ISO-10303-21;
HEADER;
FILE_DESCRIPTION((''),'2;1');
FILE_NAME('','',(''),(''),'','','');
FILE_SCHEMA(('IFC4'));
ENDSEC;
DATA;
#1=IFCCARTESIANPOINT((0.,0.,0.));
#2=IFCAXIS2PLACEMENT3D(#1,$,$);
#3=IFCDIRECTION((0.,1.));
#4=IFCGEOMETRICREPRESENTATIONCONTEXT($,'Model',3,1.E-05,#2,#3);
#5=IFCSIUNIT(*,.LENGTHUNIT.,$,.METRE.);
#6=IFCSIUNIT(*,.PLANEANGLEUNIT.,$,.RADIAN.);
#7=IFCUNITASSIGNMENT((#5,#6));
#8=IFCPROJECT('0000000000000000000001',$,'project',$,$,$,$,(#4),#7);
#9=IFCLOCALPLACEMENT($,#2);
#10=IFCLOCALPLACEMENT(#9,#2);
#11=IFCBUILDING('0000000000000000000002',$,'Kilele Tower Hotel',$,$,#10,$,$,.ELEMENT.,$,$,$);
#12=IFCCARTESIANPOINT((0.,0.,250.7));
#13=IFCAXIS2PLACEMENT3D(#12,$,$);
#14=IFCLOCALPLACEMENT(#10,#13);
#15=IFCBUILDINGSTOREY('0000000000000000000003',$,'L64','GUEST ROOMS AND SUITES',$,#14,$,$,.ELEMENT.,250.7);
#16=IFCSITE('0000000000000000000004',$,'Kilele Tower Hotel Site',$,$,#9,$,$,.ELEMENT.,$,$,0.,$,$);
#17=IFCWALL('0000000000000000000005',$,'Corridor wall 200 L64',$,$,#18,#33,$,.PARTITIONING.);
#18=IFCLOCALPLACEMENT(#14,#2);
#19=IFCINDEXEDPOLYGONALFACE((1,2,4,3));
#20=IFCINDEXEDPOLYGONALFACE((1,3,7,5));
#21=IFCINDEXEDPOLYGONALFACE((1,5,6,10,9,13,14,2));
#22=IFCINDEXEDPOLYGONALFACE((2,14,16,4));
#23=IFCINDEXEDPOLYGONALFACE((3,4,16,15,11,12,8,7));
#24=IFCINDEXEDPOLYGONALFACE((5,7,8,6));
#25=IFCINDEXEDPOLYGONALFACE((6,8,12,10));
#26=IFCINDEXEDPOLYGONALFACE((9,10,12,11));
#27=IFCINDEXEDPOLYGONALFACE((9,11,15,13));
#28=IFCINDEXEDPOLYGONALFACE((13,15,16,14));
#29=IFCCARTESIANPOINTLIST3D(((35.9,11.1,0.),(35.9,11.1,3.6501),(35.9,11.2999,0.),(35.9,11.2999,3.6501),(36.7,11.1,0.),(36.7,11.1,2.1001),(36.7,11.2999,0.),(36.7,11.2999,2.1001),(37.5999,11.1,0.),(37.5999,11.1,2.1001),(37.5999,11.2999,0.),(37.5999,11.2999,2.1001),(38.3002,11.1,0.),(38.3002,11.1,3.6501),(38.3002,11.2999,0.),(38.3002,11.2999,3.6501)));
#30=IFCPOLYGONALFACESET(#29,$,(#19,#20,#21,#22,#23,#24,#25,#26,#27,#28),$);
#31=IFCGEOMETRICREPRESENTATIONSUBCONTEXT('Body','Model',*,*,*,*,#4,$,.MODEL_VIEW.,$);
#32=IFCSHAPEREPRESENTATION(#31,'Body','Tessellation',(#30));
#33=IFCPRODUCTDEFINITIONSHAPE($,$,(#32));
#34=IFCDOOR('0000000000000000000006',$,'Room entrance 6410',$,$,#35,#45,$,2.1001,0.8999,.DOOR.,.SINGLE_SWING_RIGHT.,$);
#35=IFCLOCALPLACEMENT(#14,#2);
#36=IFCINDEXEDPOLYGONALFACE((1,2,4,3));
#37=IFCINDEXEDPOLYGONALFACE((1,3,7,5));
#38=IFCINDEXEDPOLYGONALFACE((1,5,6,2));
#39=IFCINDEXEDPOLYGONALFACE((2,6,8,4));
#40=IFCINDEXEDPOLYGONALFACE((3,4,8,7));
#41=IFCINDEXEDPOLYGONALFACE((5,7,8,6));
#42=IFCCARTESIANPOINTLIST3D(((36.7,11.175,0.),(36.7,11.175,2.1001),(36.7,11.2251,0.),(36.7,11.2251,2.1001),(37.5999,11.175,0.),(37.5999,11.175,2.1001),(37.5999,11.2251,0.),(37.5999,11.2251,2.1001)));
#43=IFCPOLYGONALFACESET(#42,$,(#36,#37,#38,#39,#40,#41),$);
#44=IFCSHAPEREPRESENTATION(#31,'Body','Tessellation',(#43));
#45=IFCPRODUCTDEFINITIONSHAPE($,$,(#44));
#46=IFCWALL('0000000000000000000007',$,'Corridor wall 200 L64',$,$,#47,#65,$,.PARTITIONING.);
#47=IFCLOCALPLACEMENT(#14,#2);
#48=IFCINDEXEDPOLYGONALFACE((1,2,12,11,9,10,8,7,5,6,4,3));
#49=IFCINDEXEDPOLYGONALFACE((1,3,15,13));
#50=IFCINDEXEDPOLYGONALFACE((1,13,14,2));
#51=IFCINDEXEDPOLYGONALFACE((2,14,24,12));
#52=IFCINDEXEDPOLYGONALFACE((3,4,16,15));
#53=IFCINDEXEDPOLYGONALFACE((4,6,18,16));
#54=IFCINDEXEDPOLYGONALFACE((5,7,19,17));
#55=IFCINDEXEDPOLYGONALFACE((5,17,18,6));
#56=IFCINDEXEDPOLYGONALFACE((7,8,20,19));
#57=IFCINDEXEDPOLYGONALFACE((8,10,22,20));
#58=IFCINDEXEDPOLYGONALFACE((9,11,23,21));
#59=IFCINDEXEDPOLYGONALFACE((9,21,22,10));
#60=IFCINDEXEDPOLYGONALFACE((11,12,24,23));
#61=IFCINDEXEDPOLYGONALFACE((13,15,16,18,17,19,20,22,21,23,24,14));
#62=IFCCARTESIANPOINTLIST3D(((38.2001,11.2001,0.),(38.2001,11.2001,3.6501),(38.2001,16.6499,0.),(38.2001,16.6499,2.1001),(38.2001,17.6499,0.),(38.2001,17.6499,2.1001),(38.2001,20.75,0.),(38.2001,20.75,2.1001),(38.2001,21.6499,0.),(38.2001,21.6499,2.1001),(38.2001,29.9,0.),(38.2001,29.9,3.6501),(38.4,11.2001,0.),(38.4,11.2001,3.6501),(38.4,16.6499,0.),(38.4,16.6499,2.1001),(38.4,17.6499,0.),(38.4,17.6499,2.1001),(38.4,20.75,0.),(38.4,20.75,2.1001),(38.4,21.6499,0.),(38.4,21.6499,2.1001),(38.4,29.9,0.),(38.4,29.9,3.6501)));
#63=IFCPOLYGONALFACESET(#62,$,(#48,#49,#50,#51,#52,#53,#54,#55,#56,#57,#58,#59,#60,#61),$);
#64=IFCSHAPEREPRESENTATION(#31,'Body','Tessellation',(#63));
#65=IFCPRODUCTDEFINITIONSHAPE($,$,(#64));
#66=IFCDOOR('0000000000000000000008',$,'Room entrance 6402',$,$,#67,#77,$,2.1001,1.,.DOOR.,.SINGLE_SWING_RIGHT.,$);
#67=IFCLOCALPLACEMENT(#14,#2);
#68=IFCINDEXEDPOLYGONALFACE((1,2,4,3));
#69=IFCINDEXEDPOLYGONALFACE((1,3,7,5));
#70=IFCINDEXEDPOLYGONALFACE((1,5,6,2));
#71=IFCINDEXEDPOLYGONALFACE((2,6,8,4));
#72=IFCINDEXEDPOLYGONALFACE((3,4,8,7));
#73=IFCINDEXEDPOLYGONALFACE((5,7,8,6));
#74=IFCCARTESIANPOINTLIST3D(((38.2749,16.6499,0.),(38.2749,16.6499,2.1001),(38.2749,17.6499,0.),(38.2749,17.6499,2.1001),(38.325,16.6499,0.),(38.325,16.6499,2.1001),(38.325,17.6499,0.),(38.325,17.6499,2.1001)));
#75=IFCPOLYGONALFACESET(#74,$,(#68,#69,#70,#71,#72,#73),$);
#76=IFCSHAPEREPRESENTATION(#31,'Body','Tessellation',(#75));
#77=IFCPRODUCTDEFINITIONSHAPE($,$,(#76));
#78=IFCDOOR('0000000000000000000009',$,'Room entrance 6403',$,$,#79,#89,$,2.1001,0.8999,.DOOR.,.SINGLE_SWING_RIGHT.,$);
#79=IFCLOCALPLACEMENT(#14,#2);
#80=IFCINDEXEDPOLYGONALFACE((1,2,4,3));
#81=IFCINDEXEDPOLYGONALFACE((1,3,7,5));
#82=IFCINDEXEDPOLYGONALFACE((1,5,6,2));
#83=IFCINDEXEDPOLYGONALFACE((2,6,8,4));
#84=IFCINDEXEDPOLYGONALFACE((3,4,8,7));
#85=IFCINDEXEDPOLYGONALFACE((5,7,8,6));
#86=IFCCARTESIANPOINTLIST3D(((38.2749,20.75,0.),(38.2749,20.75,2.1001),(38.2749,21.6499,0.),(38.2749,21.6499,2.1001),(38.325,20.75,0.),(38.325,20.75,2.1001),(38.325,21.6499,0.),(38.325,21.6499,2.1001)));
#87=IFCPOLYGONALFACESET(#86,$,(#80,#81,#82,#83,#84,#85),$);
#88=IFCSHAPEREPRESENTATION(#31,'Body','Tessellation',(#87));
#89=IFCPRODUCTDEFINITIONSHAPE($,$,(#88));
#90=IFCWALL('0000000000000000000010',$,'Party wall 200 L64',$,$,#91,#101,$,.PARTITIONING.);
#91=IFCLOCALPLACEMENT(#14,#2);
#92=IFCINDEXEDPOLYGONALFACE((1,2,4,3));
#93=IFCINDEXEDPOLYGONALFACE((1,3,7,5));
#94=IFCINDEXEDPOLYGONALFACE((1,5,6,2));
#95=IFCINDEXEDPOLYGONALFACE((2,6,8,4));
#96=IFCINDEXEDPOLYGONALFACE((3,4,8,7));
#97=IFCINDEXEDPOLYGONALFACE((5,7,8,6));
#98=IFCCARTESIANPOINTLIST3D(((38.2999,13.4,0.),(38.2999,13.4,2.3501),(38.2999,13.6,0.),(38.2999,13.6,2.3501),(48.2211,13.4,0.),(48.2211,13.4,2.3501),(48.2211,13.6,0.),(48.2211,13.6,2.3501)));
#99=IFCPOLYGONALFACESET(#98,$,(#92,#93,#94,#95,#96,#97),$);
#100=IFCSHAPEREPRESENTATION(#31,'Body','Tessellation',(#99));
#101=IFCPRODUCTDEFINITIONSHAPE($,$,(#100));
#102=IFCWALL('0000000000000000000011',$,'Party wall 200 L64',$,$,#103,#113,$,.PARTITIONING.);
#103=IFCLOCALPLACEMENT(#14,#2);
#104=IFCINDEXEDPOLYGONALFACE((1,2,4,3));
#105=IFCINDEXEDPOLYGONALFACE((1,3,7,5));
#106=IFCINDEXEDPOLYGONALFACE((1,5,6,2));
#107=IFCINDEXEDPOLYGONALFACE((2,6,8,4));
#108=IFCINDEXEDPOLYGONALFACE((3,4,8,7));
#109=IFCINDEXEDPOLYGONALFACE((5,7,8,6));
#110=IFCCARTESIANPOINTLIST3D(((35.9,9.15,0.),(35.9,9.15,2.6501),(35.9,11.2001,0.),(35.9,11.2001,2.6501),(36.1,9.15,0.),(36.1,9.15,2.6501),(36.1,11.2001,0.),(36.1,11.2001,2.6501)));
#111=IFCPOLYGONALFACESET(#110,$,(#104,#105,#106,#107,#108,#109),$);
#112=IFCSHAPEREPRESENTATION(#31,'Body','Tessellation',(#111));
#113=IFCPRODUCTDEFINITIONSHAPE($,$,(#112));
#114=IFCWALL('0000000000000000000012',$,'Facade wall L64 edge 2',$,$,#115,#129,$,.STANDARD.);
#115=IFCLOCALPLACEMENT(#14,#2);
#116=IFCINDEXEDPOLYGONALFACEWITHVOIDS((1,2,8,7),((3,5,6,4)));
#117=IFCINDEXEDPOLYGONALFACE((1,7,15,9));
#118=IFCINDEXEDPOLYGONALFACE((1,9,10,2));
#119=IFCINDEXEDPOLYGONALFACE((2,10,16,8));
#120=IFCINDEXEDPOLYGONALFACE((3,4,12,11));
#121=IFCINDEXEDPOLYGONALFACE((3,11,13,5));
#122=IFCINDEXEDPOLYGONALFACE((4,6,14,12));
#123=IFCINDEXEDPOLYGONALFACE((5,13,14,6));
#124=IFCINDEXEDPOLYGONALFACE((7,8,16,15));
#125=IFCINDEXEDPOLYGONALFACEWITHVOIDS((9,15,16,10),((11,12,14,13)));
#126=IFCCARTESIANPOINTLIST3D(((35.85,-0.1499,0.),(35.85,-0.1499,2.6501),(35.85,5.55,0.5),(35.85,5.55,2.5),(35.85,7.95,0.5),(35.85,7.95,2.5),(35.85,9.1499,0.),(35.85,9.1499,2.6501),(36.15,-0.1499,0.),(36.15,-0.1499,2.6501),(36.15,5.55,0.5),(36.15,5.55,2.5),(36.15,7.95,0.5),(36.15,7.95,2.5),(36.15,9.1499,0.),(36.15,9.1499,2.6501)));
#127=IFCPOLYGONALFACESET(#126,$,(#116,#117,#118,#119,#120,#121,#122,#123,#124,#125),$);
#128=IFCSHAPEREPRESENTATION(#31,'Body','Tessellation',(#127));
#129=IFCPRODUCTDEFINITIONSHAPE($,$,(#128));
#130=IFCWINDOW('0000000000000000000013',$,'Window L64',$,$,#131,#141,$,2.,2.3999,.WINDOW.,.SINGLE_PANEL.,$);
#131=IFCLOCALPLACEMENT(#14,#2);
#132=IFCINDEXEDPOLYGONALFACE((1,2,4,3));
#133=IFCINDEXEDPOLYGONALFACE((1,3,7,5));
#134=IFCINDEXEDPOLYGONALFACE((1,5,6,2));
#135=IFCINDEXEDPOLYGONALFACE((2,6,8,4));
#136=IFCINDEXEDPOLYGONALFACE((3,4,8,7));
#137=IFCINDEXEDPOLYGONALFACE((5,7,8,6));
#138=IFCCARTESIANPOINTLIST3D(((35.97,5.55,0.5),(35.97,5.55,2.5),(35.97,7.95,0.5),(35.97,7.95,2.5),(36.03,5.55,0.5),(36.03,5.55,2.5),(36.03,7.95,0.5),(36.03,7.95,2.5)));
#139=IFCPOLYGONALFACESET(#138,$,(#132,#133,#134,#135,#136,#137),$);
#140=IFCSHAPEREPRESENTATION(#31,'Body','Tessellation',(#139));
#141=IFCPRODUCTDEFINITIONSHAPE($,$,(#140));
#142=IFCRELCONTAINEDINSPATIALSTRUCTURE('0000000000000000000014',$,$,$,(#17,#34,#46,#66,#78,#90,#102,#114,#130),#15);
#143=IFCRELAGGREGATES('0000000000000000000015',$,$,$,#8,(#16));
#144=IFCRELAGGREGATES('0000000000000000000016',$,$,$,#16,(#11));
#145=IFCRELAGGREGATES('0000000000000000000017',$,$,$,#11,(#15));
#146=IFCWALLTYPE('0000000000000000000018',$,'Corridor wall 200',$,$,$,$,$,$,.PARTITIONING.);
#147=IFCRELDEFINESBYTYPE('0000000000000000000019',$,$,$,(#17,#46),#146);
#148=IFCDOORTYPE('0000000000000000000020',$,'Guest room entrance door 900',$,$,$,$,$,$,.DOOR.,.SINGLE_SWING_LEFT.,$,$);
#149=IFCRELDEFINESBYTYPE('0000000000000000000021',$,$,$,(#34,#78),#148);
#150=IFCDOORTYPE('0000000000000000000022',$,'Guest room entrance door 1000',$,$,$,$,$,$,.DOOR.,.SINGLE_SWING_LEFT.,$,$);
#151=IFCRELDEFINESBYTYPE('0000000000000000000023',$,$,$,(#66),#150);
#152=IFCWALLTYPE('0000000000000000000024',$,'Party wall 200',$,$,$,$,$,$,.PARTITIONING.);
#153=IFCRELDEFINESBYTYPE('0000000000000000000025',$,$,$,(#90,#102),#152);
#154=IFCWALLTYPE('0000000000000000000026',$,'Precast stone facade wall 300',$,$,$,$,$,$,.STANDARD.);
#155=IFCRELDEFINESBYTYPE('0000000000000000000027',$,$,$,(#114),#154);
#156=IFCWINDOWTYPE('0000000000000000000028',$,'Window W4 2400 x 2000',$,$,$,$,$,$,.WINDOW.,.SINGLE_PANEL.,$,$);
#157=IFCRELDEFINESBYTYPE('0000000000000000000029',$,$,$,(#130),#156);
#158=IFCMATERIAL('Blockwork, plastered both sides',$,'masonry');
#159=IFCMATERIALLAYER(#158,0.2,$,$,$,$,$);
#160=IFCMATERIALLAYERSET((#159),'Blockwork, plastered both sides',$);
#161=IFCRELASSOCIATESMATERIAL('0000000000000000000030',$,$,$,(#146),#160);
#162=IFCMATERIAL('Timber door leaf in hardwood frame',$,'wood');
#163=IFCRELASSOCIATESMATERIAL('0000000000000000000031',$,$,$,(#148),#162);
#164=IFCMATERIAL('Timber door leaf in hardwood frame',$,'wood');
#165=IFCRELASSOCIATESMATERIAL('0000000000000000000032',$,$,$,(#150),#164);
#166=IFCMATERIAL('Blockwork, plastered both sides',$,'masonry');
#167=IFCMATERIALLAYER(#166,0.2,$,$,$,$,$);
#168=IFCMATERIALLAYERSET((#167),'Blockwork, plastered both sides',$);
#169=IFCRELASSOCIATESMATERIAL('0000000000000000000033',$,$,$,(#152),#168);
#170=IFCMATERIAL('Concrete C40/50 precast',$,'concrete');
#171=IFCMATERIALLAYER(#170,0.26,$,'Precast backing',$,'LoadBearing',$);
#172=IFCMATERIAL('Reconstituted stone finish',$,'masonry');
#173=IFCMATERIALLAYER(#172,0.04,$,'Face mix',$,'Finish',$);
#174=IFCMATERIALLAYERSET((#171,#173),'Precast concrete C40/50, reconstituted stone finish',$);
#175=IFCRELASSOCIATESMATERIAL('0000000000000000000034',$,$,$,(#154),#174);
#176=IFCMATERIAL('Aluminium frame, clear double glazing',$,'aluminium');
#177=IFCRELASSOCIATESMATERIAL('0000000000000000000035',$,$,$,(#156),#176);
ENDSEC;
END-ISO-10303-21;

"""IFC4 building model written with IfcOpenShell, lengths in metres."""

from ifc_helpers import new_model, si_unit, direction, frame, frame_2d, origin, place, context, subcontext, project, spatial, rectangle, extrude, material, layer, layer_set, type_object, element, fill, save


model = new_model("IFC4")

# Units and contexts
model_context = context("Model", 3, precision=1e-05, world=origin(), true_north=direction((0.0, 1.0)))
body_context = subcontext(model_context, "Body", "Model", "MODEL_VIEW")
ifc_project = project(units=[si_unit("LENGTHUNIT", "METRE"), si_unit("PLANEANGLEUNIT", "RADIAN")], contexts=[model_context])

# Site, building, storey
site_placement = place(None, origin())
site = spatial("IfcSite", under=ifc_project, at=site_placement, Name="Kilele Tower Hotel Site", CompositionType="ELEMENT", RefElevation=0.0)
building_placement = place(site_placement, origin())
building = spatial("IfcBuilding", under=site, at=building_placement, Name="Kilele Tower Hotel", CompositionType="ELEMENT")
storey_placement = place(building_placement, frame((0.0, 0.0, 250.7)))
storey = spatial("IfcBuildingStorey", under=building, at=storey_placement, Name="L64", Description="GUEST ROOMS AND SUITES", CompositionType="ELEMENT", Elevation=250.7)

# Wall, opening, door
ifc_material_1 = material(Name="Blockwork, plastered both sides", Category="masonry")
ifc_layer_1 = layer(ifc_material_1, 0.2)
ifc_layer_set_1 = layer_set([ifc_layer_1], Name="Blockwork, plastered both sides")
wall_type_1 = type_object("IfcWallType", Name="Corridor wall 200", PredefinedType="PARTITIONING", material=ifc_layer_set_1)
wall_1_placement = place(storey_placement, frame((35.8999, 11.2, 0.0), z_axis=(0.0, 0.0, 1.0), x_axis=(1.0, 0.0, 0.0)))
wall_1 = element("IfcWall", 1, at=wall_1_placement, inside=storey, type_object=wall_type_1, Name="Corridor wall 200 L64", PredefinedType="PARTITIONING", context=body_context, shape_type="SweptSolid", body=[
    extrude(rectangle(XDim=2.4001, YDim=0.2, at=frame_2d((1.2002, 0.0))), origin(), (0.0, 0.0, 1.0), 3.6501),
])
opening_1_placement = place(wall_1_placement, frame((1.7, 0.0, 0.0), z_axis=(0.0, 0.0, 1.0), x_axis=(-1.0, 0.0, 0.0)))
opening_1 = element("IfcOpeningElement", 2, at=opening_1_placement, cuts=wall_1, PredefinedType="OPENING", context=body_context, shape_type="SweptSolid", body=[
    extrude(rectangle(XDim=0.8999, YDim=2.1001, at=frame_2d((0.45, 1.05))), frame((0.0, 0.1099, 0.0), z_axis=(0.0, -1.0, 0.0), x_axis=(1.0, 0.0, 0.0)), (0.0, 0.0, 1.0), 0.22),
])
ifc_material_2 = material(Name="Timber door leaf in hardwood frame", Category="wood")
door_type_1 = type_object("IfcDoorType", Name="Guest room entrance door 900", OperationType="SINGLE_SWING_LEFT", PredefinedType="DOOR", material=ifc_material_2)
door_1_placement = place(opening_1_placement, origin())
door_1 = element("IfcDoor", 3, at=door_1_placement, inside=storey, type_object=door_type_1, Name="Room entrance 6410", OperationType="SINGLE_SWING_RIGHT", OverallHeight=2.1001, OverallWidth=0.8999, PredefinedType="DOOR", context=body_context, shape_type="SweptSolid", body=[
    extrude(rectangle(XDim=0.8999, YDim=2.1001, at=frame_2d((0.45, 1.05))), frame((0.0, 0.0249, 0.0), z_axis=(0.0, -1.0, 0.0), x_axis=(1.0, 0.0, 0.0)), (0.0, 0.0, 1.0), 0.05),
])
fill(opening_1, door_1)

# Wall, openings, doors
wall_2_placement = place(storey_placement, frame((38.3, 11.2, 0.0), z_axis=(0.0, 0.0, 1.0), x_axis=(0.0, 1.0, 0.0)))
wall_2 = element("IfcWall", 4, at=wall_2_placement, inside=storey, type_object=wall_type_1, Name="Corridor wall 200 L64", PredefinedType="PARTITIONING", context=body_context, shape_type="SweptSolid", body=[
    extrude(rectangle(XDim=18.7, YDim=0.2, at=frame_2d((9.3501, 0.0))), origin(), (0.0, 0.0, 1.0), 3.6501),
])
opening_2_placement = place(wall_2_placement, frame((6.45, 0.0, 0.0), z_axis=(0.0, 0.0, 1.0), x_axis=(-1.0, 0.0, 0.0)))
opening_2 = element("IfcOpeningElement", 5, at=opening_2_placement, cuts=wall_2, PredefinedType="OPENING", context=body_context, shape_type="SweptSolid", body=[
    extrude(rectangle(XDim=1.0, YDim=2.1001, at=frame_2d((0.5, 1.05))), frame((0.0, 0.1099, 0.0), z_axis=(0.0, -1.0, 0.0), x_axis=(1.0, 0.0, 0.0)), (0.0, 0.0, 1.0), 0.22),
])
opening_3_placement = place(wall_2_placement, frame((10.45, 0.0, 0.0), z_axis=(0.0, 0.0, 1.0), x_axis=(-1.0, 0.0, 0.0)))
opening_3 = element("IfcOpeningElement", 6, at=opening_3_placement, cuts=wall_2, PredefinedType="OPENING", context=body_context, shape_type="SweptSolid", body=[
    extrude(rectangle(XDim=0.8999, YDim=2.1001, at=frame_2d((0.45, 1.05))), frame((0.0, 0.1099, 0.0), z_axis=(0.0, -1.0, 0.0), x_axis=(1.0, 0.0, 0.0)), (0.0, 0.0, 1.0), 0.22),
])
ifc_material_3 = material(Name="Timber door leaf in hardwood frame", Category="wood")
door_type_2 = type_object("IfcDoorType", Name="Guest room entrance door 1000", OperationType="SINGLE_SWING_LEFT", PredefinedType="DOOR", material=ifc_material_3)
door_2_placement = place(opening_2_placement, origin())
door_2 = element("IfcDoor", 7, at=door_2_placement, inside=storey, type_object=door_type_2, Name="Room entrance 6402", OperationType="SINGLE_SWING_RIGHT", OverallHeight=2.1001, OverallWidth=1.0, PredefinedType="DOOR", context=body_context, shape_type="SweptSolid", body=[
    extrude(rectangle(XDim=1.0, YDim=2.1001, at=frame_2d((0.5, 1.05))), frame((0.0, 0.0249, 0.0), z_axis=(0.0, -1.0, 0.0), x_axis=(1.0, 0.0, 0.0)), (0.0, 0.0, 1.0), 0.05),
])
fill(opening_2, door_2)
door_3_placement = place(opening_3_placement, origin())
door_3 = element("IfcDoor", 8, at=door_3_placement, inside=storey, type_object=door_type_1, Name="Room entrance 6403", OperationType="SINGLE_SWING_RIGHT", OverallHeight=2.1001, OverallWidth=0.8999, PredefinedType="DOOR", context=body_context, shape_type="SweptSolid", body=[
    extrude(rectangle(XDim=0.8999, YDim=2.1001, at=frame_2d((0.45, 1.05))), frame((0.0, 0.0249, 0.0), z_axis=(0.0, -1.0, 0.0), x_axis=(1.0, 0.0, 0.0)), (0.0, 0.0, 1.0), 0.05),
])
fill(opening_3, door_3)

# Walls
ifc_material_4 = material(Name="Blockwork, plastered both sides", Category="masonry")
ifc_layer_2 = layer(ifc_material_4, 0.2)
ifc_layer_set_2 = layer_set([ifc_layer_2], Name="Blockwork, plastered both sides")
wall_type_2 = type_object("IfcWallType", Name="Party wall 200", PredefinedType="PARTITIONING", material=ifc_layer_set_2)
wall_3_placement = place(storey_placement, frame((38.3, 13.5, 0.0), z_axis=(0.0, 0.0, 1.0), x_axis=(1.0, 0.0, 0.0)))
element("IfcWall", 9, at=wall_3_placement, inside=storey, type_object=wall_type_2, Name="Party wall 200 L64", PredefinedType="PARTITIONING", context=body_context, shape_type="SweptSolid", body=[
    extrude(rectangle(XDim=9.9211, YDim=0.2, at=frame_2d((4.9604, 0.0))), origin(), (0.0, 0.0, 1.0), 2.3501),
])
wall_4_placement = place(storey_placement, frame((36.0, 11.2, 0.0), z_axis=(0.0, 0.0, 1.0), x_axis=(0.0, -1.0, 0.0)))
element("IfcWall", 10, at=wall_4_placement, inside=storey, type_object=wall_type_2, Name="Party wall 200 L64", PredefinedType="PARTITIONING", context=body_context, shape_type="SweptSolid", body=[
    extrude(rectangle(XDim=2.05, YDim=0.2, at=frame_2d((1.0249, 0.0))), origin(), (0.0, 0.0, 1.0), 2.6501),
])

# Wall, opening, window
ifc_material_5 = material(Name="Concrete C40/50 precast", Category="concrete")
ifc_layer_3 = layer(ifc_material_5, 0.26, Name="Precast backing", Category="LoadBearing")
ifc_material_6 = material(Name="Reconstituted stone finish", Category="masonry")
ifc_layer_4 = layer(ifc_material_6, 0.04, Name="Face mix", Category="Finish")
ifc_layer_set_3 = layer_set([ifc_layer_3, ifc_layer_4], Name="Precast concrete C40/50, reconstituted stone finish")
wall_type_3 = type_object("IfcWallType", Name="Precast stone facade wall 300", PredefinedType="STANDARD", material=ifc_layer_set_3)
wall_5_placement = place(storey_placement, frame((36.0, 9.1499, 0.0), z_axis=(0.0, 0.0, 1.0), x_axis=(0.0, -1.0, 0.0)))
wall_5 = element("IfcWall", 11, at=wall_5_placement, inside=storey, type_object=wall_type_3, Name="Facade wall L64 edge 2", PredefinedType="STANDARD", context=body_context, shape_type="SweptSolid", body=[
    extrude(rectangle(XDim=9.2998, YDim=0.3, at=frame_2d((4.6499, 0.0))), origin(), (0.0, 0.0, 1.0), 2.6501),
])
opening_4_placement = place(wall_5_placement, frame((1.2, 0.0, 0.5)))
opening_4 = element("IfcOpeningElement", 12, at=opening_4_placement, cuts=wall_5, PredefinedType="OPENING", context=body_context, shape_type="SweptSolid", body=[
    extrude(rectangle(XDim=2.3999, YDim=2.0, at=frame_2d((1.2, 1.0))), frame((0.0, 0.1599, 0.0), z_axis=(0.0, -1.0, 0.0), x_axis=(1.0, 0.0, 0.0)), (0.0, 0.0, 1.0), 0.3201),
])
ifc_material_7 = material(Name="Aluminium frame, clear double glazing", Category="aluminium")
window_type = type_object("IfcWindowType", Name="Window W4 2400 x 2000", PartitioningType="SINGLE_PANEL", PredefinedType="WINDOW", material=ifc_material_7)
window_placement = place(opening_4_placement, origin())
window = element("IfcWindow", 13, at=window_placement, inside=storey, type_object=window_type, Name="Window L64", OverallHeight=2.0, OverallWidth=2.3999, PartitioningType="SINGLE_PANEL", PredefinedType="WINDOW", context=body_context, shape_type="SweptSolid", body=[
    extrude(rectangle(XDim=2.3999, YDim=2.0, at=frame_2d((1.2, 1.0))), frame((0.0, 0.03, 0.0), z_axis=(0.0, -1.0, 0.0), x_axis=(1.0, 0.0, 0.0)), (0.0, 0.0, 1.0), 0.0601),
])
fill(opening_4, window)

save(model, "model.ifc")
